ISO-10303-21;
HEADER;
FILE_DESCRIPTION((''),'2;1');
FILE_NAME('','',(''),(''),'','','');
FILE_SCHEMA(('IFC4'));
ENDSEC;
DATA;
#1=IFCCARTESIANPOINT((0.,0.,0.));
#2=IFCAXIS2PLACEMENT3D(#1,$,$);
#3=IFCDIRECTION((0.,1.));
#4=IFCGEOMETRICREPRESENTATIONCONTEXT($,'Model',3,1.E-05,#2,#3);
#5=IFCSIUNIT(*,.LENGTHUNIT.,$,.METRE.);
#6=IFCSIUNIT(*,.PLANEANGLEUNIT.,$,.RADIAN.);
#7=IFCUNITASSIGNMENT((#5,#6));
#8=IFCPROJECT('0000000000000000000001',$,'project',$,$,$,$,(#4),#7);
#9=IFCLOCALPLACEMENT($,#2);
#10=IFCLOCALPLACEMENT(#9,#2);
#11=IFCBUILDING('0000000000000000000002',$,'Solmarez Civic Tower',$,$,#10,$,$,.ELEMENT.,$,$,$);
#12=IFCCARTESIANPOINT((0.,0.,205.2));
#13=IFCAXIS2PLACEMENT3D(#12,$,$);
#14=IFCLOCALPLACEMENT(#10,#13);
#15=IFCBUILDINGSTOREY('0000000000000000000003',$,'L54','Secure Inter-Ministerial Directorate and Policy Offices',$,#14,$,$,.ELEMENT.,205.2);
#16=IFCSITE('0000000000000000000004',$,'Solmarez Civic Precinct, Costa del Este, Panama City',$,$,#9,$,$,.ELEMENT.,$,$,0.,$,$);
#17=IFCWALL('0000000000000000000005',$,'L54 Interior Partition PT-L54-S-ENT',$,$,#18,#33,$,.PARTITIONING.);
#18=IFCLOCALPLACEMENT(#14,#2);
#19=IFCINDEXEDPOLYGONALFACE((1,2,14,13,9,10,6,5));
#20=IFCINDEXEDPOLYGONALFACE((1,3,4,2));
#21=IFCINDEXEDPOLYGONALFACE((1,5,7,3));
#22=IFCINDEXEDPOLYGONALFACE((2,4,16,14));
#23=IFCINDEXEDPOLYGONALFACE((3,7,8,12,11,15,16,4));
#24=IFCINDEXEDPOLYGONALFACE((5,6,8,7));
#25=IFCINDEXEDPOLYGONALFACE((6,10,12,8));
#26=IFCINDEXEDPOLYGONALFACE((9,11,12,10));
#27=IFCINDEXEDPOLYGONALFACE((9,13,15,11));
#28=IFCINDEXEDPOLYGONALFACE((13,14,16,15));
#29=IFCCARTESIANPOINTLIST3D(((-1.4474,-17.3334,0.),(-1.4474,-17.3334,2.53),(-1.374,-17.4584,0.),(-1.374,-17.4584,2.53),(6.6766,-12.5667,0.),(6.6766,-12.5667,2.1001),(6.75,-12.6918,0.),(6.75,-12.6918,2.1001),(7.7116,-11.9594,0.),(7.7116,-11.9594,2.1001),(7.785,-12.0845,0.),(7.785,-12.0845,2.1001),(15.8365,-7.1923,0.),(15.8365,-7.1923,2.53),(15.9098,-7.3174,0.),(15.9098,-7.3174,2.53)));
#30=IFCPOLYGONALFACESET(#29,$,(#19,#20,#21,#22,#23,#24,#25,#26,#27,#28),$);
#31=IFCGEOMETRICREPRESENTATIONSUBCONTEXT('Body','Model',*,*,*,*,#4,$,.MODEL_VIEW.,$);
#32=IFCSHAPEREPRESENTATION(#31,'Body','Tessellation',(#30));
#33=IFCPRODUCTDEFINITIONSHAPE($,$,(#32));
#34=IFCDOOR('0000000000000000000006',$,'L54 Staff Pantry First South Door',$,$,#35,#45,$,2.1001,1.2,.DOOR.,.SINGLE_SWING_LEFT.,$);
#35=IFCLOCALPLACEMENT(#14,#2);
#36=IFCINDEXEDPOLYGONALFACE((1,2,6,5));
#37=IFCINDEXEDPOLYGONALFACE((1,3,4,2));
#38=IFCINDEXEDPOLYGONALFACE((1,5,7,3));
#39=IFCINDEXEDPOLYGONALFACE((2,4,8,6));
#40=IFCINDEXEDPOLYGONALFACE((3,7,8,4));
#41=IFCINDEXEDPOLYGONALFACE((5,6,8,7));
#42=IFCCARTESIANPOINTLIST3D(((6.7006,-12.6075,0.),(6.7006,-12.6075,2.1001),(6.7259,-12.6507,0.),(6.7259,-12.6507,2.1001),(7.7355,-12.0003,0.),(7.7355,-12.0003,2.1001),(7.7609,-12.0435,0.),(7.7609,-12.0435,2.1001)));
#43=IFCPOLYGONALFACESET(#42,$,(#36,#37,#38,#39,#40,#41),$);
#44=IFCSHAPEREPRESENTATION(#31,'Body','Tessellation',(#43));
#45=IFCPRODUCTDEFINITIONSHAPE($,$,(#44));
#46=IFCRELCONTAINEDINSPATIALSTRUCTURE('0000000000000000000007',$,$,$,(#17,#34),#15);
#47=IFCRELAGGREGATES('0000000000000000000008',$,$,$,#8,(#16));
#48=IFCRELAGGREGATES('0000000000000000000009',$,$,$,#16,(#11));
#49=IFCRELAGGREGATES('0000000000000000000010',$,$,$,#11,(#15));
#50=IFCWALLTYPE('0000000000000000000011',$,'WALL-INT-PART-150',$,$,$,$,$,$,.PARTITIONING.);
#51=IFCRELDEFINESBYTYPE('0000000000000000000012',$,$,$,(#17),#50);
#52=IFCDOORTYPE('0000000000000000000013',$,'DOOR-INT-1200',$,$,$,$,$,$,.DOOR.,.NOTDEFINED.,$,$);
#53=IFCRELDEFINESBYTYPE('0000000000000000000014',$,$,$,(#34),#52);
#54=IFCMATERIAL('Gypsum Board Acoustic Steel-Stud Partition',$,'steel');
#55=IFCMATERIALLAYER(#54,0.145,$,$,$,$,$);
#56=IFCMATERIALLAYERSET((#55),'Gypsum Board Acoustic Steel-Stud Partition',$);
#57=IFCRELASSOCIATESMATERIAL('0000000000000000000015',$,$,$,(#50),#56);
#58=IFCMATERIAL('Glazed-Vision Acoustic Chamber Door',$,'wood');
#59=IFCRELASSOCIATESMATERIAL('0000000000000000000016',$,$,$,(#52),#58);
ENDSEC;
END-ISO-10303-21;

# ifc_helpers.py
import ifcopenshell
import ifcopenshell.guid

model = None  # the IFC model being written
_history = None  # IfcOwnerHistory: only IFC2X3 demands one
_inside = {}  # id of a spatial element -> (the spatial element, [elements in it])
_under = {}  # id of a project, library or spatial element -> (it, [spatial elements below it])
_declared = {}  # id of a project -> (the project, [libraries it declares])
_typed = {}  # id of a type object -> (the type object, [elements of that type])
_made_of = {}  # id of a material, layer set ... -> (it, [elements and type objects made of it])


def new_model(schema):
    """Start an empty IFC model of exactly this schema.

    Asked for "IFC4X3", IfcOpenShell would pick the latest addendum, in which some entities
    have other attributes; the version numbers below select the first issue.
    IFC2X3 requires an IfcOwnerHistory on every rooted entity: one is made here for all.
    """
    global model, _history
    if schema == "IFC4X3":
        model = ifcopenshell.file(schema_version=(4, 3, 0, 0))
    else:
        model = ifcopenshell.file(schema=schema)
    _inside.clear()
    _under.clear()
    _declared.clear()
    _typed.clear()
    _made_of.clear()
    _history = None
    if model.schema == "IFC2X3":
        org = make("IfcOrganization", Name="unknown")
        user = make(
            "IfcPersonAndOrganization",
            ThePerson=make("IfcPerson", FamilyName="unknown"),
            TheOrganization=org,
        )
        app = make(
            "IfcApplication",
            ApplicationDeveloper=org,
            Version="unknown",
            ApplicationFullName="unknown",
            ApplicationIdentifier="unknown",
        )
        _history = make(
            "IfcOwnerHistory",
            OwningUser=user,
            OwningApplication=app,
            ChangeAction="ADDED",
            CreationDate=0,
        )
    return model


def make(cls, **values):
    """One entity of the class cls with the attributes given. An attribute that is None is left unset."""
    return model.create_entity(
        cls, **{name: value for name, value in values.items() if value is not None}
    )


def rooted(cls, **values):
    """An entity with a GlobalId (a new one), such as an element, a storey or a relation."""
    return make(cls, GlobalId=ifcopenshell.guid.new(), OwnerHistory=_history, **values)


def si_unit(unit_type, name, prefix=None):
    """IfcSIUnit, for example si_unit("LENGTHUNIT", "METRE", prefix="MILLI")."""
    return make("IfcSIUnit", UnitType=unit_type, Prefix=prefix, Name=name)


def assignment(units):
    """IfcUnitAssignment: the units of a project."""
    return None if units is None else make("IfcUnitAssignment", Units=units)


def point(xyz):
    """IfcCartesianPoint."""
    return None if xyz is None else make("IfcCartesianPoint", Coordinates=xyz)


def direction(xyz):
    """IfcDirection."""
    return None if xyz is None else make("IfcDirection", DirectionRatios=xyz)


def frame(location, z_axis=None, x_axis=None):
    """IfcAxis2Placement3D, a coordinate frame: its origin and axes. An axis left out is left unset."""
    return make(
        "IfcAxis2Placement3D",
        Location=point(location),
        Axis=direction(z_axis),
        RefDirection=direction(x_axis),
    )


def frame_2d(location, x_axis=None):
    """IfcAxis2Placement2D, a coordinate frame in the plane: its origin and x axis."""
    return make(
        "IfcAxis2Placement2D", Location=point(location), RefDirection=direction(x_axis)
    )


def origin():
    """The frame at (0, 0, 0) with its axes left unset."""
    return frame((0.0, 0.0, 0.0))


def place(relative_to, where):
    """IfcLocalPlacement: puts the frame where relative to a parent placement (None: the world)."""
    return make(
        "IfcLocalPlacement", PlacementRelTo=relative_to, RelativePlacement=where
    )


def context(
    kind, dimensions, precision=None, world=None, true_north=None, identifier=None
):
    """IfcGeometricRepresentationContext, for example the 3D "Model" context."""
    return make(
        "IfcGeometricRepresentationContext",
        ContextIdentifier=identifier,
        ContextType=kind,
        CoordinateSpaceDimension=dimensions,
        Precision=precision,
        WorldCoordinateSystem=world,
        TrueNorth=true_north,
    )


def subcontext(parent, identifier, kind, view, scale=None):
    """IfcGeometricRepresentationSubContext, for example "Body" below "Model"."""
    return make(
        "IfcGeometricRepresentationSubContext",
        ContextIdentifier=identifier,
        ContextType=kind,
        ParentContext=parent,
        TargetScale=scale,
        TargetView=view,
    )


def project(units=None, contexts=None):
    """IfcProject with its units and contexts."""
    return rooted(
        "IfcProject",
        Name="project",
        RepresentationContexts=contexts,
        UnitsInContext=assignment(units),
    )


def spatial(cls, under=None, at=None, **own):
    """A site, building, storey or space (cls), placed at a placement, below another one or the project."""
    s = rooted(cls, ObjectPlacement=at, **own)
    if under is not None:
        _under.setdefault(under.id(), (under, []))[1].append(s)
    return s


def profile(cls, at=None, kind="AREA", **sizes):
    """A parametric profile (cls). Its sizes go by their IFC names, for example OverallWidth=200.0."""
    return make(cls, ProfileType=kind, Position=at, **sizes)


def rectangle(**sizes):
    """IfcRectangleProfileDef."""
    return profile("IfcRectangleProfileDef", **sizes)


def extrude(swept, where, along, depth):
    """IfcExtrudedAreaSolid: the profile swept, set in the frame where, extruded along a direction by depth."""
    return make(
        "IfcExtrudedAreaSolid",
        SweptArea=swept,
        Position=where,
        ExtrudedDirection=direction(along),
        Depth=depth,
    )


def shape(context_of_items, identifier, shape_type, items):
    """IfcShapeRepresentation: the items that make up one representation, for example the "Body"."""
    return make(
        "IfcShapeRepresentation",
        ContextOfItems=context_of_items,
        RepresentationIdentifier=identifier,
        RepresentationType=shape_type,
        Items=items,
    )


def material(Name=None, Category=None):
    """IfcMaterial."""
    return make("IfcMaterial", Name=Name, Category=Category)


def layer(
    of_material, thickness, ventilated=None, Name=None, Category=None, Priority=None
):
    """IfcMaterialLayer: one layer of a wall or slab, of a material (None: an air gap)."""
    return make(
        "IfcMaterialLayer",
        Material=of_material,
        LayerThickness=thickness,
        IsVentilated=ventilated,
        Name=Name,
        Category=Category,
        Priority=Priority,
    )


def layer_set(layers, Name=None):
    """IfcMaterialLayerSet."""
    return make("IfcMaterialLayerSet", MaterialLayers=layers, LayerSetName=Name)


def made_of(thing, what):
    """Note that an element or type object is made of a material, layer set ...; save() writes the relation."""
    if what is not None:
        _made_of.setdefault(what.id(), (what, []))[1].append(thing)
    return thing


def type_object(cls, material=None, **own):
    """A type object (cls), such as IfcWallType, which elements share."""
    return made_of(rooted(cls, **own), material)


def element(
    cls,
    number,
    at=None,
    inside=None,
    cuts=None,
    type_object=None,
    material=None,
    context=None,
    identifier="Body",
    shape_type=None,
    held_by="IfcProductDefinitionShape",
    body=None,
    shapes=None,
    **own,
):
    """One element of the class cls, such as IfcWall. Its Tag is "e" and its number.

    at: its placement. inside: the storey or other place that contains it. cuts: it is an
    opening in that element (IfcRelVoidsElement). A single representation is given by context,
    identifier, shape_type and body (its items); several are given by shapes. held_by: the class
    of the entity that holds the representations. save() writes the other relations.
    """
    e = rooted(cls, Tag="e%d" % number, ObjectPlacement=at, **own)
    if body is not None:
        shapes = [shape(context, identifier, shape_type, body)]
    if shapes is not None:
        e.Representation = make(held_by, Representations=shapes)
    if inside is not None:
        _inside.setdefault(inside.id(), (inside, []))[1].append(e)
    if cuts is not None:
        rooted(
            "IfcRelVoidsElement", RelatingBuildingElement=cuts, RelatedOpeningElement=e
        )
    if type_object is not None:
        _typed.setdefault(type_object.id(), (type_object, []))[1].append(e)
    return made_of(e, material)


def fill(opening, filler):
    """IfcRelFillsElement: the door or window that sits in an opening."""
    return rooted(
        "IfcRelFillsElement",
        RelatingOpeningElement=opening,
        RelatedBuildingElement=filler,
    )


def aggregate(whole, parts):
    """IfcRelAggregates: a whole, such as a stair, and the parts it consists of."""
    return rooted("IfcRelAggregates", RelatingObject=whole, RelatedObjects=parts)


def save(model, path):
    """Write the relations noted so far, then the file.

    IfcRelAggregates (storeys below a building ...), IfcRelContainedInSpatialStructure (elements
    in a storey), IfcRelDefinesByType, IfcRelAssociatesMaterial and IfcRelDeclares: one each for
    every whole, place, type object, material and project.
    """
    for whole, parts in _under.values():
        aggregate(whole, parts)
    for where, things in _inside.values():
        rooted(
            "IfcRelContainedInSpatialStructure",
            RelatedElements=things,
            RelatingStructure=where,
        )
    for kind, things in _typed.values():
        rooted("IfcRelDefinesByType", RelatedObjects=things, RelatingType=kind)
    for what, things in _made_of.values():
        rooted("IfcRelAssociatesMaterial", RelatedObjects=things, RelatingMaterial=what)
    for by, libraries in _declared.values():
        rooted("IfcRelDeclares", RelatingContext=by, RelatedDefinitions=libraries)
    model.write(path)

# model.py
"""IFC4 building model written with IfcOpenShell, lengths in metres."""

from ifc_helpers import new_model, si_unit, direction, frame, frame_2d, origin, place, context, subcontext, project, spatial, rectangle, extrude, material, layer, layer_set, type_object, element, fill, save


model = new_model("IFC4")

# Units and contexts
model_context = context("Model", 3, precision=1e-05, world=origin(), true_north=direction((0.0, 1.0)))
body_context = subcontext(model_context, "Body", "Model", "MODEL_VIEW")
ifc_project = project(units=[si_unit("LENGTHUNIT", "METRE"), si_unit("PLANEANGLEUNIT", "RADIAN")], contexts=[model_context])

# Site, building, storey
site_placement = place(None, origin())
site = spatial("IfcSite", under=ifc_project, at=site_placement, Name="Solmarez Civic Precinct, Costa del Este, Panama City", CompositionType="ELEMENT", RefElevation=0.0)
building_placement = place(site_placement, origin())
building = spatial("IfcBuilding", under=site, at=building_placement, Name="Solmarez Civic Tower", CompositionType="ELEMENT")
storey_placement = place(building_placement, frame((0.0, 0.0, 205.2)))
storey = spatial("IfcBuildingStorey", under=building, at=storey_placement, Name="L54", Description="Secure Inter-Ministerial Directorate and Policy Offices", CompositionType="ELEMENT", Elevation=205.2)

# Shared definitions
ifc_material_1 = material(Name="Gypsum Board Acoustic Steel-Stud Partition", Category="steel")
ifc_layer_1 = layer(ifc_material_1, 0.145)
ifc_layer_set_1 = layer_set([ifc_layer_1], Name="Gypsum Board Acoustic Steel-Stud Partition")
wall_type_1 = type_object("IfcWallType", Name="WALL-INT-PART-150", PredefinedType="PARTITIONING", material=ifc_layer_set_1)

# Wall, opening, door
wall_1_placement = place(storey_placement, frame((15.873, -7.2549, 0.0), z_axis=(0.0, 0.0, 1.0), x_axis=(-0.862499, -0.506059, 0.0)))
wall_1 = element("IfcWall", 1, at=wall_1_placement, inside=storey, type_object=wall_type_1, Name="L54 Interior Partition PT-L54-S-ENT", PredefinedType="PARTITIONING", context=body_context, shape_type="SweptSolid", body=[
    extrude(rectangle(XDim=20.0393, YDim=0.145, at=frame_2d((10.0195, 0.0))), origin(), (0.0, 0.0, 1.0), 2.53),
])
opening_1_placement = place(wall_1_placement, frame((9.4199, 0.0, 0.0)))
opening_1 = element("IfcOpeningElement", 2, at=opening_1_placement, cuts=wall_1, PredefinedType="OPENING", context=body_context, shape_type="SweptSolid", body=[
    extrude(rectangle(XDim=1.2, YDim=2.1001, at=frame_2d((0.6001, 1.05))), frame((0.0, 0.0825, 0.0), z_axis=(0.0, -1.0, 0.0), x_axis=(1.0, 0.0, 0.0)), (0.0, 0.0, 1.0), 0.165),
])
ifc_material_2 = material(Name="Glazed-Vision Acoustic Chamber Door", Category="wood")
door_type_1 = type_object("IfcDoorType", Name="DOOR-INT-1200", OperationType="NOTDEFINED", PredefinedType="DOOR", material=ifc_material_2)
door_1_placement = place(opening_1_placement, origin())
door_1 = element("IfcDoor", 3, at=door_1_placement, inside=storey, type_object=door_type_1, Name="L54 Staff Pantry First South Door", OperationType="SINGLE_SWING_LEFT", OverallHeight=2.1001, OverallWidth=1.2, PredefinedType="DOOR", context=body_context, shape_type="SweptSolid", body=[
    extrude(rectangle(XDim=1.2, YDim=2.1001, at=frame_2d((0.6001, 1.05))), frame((0.0, 0.0249, 0.0), z_axis=(0.0, -1.0, 0.0), x_axis=(1.0, 0.0, 0.0)), (0.0, 0.0, 1.0), 0.05),
])
fill(opening_1, door_1)

save(model, "model.ifc")
